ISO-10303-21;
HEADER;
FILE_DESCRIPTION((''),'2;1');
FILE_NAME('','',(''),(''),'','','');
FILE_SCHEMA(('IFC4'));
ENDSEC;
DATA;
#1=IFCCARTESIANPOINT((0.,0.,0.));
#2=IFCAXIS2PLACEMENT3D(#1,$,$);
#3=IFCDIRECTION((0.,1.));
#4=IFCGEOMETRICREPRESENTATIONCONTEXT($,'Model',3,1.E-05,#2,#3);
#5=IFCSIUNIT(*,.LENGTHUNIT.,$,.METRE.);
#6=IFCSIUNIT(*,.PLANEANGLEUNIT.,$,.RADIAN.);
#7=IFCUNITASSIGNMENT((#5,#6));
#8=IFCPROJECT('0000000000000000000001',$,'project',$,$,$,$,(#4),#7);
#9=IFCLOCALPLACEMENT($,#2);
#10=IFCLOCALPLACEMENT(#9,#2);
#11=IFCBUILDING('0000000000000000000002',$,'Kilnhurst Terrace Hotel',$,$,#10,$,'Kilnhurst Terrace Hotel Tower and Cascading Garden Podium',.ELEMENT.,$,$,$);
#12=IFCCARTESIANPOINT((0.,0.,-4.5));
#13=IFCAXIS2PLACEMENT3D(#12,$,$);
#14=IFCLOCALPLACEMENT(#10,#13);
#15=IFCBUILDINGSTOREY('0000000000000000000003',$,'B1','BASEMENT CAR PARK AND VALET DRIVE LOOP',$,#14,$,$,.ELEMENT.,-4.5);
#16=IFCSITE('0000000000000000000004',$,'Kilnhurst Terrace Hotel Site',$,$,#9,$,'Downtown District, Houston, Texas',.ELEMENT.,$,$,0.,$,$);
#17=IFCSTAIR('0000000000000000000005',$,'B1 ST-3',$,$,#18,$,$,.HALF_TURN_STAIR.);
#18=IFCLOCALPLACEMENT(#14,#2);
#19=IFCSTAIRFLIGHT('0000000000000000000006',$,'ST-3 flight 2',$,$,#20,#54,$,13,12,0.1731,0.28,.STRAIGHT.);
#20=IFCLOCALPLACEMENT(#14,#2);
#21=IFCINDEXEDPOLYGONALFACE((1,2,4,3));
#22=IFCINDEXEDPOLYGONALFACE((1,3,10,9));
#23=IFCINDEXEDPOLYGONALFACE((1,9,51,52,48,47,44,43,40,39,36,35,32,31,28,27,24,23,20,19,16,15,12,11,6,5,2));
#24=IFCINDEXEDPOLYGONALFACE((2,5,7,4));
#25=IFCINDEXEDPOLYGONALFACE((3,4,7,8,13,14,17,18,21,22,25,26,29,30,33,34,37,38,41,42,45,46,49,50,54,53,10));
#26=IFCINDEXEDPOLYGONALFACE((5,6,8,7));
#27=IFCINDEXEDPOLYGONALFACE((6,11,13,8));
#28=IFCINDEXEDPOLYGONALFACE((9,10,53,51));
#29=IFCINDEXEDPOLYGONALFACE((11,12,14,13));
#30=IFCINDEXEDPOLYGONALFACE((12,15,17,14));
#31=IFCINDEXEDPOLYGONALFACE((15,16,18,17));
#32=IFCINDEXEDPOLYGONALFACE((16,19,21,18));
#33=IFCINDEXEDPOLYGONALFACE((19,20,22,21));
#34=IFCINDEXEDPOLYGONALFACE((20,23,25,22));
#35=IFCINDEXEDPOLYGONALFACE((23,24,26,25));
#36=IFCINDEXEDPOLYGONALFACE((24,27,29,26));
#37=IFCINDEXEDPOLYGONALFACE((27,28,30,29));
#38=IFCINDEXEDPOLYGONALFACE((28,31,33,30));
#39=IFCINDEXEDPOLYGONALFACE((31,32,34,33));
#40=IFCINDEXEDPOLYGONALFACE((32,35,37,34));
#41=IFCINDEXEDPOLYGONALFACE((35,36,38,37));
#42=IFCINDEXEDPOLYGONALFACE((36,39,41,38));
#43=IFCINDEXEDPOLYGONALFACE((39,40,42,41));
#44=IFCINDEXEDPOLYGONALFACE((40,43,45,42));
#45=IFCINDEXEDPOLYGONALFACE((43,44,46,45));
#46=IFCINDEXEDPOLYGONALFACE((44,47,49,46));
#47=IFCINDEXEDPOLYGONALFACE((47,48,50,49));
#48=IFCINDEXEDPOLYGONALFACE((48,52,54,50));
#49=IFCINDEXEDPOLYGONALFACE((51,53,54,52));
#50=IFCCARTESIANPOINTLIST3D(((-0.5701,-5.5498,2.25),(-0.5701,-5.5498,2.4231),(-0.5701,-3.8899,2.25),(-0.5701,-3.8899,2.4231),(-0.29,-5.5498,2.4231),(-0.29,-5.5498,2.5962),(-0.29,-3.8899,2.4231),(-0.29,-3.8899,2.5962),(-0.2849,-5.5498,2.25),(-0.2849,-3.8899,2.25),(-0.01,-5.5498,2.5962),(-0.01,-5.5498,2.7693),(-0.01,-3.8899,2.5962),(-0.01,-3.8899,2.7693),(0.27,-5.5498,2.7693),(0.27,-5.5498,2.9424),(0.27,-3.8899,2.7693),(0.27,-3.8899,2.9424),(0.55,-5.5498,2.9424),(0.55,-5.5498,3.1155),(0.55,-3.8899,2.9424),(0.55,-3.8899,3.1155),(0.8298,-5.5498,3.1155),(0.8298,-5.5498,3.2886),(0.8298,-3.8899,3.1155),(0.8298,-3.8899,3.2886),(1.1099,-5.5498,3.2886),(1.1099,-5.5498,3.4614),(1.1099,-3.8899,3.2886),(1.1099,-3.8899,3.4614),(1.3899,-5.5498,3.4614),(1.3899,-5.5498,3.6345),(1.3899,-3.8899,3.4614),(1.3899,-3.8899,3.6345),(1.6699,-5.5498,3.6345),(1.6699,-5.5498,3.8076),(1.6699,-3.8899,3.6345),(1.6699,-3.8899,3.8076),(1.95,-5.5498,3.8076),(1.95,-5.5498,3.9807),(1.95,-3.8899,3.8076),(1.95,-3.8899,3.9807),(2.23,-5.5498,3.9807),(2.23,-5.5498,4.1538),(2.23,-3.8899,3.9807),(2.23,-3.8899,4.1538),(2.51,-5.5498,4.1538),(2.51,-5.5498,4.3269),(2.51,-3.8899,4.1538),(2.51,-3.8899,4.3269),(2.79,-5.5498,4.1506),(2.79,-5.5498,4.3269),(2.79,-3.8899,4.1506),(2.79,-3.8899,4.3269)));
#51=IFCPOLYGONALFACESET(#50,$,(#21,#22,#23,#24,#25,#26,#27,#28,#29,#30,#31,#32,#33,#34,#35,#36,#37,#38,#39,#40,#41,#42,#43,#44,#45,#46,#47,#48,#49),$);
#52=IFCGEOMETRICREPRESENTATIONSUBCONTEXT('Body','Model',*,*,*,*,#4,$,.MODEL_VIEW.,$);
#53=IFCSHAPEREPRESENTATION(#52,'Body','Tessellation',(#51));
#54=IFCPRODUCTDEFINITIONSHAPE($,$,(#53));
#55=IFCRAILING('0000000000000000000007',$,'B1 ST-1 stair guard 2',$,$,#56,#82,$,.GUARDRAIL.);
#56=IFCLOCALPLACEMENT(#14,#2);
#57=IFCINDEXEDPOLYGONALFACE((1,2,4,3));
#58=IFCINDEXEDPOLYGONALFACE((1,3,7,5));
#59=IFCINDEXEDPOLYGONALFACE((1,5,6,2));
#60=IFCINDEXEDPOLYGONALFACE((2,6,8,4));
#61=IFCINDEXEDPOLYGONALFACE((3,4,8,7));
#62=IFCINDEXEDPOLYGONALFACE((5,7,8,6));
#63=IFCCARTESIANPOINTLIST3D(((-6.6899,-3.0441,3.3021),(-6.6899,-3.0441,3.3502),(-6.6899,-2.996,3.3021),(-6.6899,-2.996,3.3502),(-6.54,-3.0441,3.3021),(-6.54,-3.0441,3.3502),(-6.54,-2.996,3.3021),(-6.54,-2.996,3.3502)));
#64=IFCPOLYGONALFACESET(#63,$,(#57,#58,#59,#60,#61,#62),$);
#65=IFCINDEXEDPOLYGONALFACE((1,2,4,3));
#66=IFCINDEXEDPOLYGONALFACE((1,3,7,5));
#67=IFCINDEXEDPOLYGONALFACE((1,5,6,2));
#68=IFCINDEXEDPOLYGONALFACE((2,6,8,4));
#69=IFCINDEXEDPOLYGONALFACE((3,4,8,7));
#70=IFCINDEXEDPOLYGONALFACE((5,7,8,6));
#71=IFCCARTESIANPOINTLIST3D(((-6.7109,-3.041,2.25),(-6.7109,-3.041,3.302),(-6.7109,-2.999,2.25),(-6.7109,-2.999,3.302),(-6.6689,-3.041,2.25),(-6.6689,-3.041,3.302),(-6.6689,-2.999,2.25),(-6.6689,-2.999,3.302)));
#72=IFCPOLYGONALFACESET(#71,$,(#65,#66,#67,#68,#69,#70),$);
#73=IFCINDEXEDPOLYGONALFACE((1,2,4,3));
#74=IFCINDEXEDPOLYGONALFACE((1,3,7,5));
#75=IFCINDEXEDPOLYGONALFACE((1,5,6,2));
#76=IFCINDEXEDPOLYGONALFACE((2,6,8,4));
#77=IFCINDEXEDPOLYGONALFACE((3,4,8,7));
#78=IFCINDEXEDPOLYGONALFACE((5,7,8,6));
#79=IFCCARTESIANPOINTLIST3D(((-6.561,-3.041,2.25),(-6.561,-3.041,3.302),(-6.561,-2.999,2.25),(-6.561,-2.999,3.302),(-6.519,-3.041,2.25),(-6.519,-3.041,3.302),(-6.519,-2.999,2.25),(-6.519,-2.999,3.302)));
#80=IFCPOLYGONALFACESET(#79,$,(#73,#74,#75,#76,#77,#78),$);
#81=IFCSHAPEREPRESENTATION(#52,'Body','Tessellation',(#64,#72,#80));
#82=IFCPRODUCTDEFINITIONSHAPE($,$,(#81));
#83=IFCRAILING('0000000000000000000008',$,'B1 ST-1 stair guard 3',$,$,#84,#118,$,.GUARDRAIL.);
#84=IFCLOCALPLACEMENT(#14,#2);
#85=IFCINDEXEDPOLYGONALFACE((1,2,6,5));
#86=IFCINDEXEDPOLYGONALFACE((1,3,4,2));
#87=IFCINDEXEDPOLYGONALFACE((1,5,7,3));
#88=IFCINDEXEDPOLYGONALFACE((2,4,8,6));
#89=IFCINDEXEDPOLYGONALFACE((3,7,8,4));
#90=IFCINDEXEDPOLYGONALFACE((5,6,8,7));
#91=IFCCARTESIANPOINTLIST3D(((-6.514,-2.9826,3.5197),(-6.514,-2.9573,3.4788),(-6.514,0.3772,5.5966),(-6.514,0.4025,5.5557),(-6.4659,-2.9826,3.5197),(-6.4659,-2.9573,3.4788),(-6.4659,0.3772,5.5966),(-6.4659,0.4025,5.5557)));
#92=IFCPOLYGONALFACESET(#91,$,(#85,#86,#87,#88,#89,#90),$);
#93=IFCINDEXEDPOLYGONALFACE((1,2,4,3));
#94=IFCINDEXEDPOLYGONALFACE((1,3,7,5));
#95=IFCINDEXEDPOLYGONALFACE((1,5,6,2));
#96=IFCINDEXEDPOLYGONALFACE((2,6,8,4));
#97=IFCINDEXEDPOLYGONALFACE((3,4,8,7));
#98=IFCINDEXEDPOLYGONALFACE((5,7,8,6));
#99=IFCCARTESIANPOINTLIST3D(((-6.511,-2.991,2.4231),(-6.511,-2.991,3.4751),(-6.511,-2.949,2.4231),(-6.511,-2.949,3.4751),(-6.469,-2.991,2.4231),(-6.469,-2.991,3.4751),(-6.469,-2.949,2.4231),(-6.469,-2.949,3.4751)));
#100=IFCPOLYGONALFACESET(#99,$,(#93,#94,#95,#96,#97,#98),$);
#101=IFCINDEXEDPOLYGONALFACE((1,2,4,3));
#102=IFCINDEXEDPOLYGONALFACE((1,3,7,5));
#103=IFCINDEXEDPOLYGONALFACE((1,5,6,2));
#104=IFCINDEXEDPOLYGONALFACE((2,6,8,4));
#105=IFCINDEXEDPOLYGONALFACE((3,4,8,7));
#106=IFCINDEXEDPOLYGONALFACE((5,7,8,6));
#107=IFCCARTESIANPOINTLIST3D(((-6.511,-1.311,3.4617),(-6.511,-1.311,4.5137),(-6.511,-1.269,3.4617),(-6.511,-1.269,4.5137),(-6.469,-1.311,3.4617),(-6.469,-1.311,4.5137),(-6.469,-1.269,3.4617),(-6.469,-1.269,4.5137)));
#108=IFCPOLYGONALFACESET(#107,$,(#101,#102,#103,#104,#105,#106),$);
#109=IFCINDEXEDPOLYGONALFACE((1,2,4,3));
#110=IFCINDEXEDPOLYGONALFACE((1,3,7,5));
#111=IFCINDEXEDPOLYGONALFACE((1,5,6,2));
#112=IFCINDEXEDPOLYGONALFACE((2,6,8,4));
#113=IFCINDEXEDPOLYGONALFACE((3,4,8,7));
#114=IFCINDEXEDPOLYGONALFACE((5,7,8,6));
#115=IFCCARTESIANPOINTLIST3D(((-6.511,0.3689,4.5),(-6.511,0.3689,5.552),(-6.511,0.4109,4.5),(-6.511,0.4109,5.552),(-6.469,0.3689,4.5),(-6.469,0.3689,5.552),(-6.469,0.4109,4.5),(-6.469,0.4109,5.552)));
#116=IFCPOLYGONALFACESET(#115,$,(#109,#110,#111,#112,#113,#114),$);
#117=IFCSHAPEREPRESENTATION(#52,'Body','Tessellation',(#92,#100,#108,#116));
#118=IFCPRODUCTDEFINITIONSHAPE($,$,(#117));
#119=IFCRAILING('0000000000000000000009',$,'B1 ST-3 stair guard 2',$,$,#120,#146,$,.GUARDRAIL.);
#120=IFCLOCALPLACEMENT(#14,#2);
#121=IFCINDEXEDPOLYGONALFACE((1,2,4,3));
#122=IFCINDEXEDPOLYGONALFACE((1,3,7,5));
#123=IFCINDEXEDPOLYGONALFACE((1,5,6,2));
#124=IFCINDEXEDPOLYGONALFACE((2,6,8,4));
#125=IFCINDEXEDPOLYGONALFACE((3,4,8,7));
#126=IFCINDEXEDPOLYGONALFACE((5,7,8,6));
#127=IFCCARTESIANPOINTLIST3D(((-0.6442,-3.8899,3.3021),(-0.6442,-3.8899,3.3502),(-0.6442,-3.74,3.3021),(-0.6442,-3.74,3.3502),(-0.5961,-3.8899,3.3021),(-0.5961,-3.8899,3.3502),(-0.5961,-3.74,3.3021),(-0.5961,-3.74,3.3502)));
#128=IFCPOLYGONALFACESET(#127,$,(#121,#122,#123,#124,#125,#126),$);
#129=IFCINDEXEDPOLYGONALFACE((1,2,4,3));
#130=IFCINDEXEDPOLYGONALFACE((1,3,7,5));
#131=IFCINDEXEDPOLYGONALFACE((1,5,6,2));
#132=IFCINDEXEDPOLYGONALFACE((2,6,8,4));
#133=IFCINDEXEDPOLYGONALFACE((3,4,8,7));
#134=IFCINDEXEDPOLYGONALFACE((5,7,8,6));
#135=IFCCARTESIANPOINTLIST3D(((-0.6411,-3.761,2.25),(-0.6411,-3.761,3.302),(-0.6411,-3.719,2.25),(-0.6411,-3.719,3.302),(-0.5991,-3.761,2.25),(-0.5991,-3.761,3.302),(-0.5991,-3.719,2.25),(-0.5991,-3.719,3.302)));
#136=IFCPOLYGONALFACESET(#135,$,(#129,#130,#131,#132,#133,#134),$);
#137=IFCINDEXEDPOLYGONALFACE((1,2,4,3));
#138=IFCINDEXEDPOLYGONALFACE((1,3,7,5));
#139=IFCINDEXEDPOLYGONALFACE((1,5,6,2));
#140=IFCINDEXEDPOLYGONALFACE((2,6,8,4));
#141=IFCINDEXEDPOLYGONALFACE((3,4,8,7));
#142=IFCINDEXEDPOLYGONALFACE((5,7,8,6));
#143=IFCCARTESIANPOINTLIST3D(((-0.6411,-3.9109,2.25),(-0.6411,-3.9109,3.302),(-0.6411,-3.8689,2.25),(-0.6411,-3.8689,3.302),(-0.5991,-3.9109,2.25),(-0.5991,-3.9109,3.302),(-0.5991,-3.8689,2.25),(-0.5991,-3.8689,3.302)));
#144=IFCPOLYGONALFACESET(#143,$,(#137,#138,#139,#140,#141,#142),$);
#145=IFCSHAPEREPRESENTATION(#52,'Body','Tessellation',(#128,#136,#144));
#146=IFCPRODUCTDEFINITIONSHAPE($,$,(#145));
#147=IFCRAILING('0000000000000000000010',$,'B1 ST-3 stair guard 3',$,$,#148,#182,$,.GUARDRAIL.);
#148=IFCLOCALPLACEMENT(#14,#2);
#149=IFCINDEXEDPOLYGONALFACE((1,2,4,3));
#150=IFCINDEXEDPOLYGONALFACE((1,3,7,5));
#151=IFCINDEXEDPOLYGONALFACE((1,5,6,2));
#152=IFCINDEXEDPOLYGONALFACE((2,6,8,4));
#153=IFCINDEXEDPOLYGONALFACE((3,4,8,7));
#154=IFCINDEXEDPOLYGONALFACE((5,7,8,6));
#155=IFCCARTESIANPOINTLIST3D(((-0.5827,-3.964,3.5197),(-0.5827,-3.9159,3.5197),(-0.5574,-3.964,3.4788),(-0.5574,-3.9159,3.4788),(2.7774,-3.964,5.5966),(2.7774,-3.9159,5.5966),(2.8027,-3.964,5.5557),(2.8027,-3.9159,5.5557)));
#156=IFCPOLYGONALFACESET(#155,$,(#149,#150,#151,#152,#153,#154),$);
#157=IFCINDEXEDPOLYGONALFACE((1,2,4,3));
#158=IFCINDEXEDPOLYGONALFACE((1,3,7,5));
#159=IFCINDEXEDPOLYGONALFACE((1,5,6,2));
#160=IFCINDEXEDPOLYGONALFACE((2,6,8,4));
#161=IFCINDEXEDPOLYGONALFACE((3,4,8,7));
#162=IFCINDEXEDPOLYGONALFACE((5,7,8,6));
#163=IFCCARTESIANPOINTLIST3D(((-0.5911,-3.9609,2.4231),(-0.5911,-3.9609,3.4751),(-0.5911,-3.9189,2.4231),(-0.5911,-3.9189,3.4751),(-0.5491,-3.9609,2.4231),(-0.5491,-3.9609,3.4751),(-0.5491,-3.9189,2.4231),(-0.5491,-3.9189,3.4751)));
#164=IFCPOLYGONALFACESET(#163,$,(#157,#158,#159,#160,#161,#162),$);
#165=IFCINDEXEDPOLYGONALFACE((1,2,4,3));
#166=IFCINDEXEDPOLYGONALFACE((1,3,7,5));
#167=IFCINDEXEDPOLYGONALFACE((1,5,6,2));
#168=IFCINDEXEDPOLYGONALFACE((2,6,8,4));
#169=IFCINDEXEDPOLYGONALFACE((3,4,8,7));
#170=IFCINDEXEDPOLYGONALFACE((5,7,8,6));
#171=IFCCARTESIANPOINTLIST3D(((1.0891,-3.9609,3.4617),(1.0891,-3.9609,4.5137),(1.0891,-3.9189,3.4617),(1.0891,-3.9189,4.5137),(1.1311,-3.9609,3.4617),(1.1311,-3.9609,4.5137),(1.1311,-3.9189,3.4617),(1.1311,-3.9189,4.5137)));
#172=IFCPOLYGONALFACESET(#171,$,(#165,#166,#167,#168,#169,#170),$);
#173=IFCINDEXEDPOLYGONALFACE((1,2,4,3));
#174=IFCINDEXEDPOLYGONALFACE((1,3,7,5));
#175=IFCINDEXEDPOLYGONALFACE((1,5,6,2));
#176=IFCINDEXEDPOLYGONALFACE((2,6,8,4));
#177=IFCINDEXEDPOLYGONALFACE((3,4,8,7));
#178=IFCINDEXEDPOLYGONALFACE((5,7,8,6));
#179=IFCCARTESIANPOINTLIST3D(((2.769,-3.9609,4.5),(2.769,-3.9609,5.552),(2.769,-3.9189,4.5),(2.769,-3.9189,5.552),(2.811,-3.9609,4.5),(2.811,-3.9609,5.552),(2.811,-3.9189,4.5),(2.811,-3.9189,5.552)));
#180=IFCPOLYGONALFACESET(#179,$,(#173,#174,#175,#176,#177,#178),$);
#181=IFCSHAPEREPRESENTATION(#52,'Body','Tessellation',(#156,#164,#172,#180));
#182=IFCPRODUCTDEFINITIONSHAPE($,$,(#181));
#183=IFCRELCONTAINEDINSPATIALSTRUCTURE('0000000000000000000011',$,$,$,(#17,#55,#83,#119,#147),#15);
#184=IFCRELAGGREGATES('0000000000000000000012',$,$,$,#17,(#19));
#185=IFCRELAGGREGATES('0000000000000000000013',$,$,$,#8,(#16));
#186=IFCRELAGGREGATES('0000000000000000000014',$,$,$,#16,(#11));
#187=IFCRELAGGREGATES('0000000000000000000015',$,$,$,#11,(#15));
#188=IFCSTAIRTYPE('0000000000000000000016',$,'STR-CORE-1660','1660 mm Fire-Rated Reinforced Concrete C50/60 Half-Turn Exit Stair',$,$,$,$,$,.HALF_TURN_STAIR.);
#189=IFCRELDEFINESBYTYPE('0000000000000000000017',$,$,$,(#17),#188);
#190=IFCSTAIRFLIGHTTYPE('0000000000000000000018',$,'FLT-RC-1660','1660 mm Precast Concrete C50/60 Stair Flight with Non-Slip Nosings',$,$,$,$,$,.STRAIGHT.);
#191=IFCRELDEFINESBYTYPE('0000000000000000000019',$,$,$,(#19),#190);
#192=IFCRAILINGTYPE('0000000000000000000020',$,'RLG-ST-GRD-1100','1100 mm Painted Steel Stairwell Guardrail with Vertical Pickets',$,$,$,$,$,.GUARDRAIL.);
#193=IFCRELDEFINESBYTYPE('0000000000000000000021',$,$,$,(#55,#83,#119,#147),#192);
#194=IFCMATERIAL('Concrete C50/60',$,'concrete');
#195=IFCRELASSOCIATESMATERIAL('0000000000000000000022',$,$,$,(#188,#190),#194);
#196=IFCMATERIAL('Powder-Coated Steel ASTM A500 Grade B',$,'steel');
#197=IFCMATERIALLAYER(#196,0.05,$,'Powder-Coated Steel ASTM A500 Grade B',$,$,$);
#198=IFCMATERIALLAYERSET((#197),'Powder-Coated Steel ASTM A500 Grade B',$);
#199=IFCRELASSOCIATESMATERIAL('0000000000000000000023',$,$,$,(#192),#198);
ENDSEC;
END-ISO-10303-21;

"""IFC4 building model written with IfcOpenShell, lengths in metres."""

from ifc_helpers import new_model, si_unit, direction, frame, origin, origin_2d, place, context, subcontext, project, spatial, polyline, rectangle, outline, extrude, material, layer, layer_set, type_object, element, aggregate, save


model = new_model("IFC4")

# Units and contexts
model_context = context("Model", 3, precision=1e-05, world=origin(), true_north=direction((0.0, 1.0)))
body_context = subcontext(model_context, "Body", "Model", "MODEL_VIEW")
ifc_project = project(units=[si_unit("LENGTHUNIT", "METRE"), si_unit("PLANEANGLEUNIT", "RADIAN")], contexts=[model_context])

# Site, building, storey
site_placement = place(None, origin())
site = spatial("IfcSite", under=ifc_project, at=site_placement, Name="Kilnhurst Terrace Hotel Site", LongName="Downtown District, Houston, Texas", CompositionType="ELEMENT", RefElevation=0.0)
building_placement = place(site_placement, origin())
building = spatial("IfcBuilding", under=site, at=building_placement, Name="Kilnhurst Terrace Hotel", LongName="Kilnhurst Terrace Hotel Tower and Cascading Garden Podium", CompositionType="ELEMENT")
storey_placement = place(building_placement, frame((0.0, 0.0, -4.5)))
storey = spatial("IfcBuildingStorey", under=building, at=storey_placement, Name="B1", Description="BASEMENT CAR PARK AND VALET DRIVE LOOP", CompositionType="ELEMENT", Elevation=-4.5)

# Shared definitions
ifc_material_1 = material(Name="Concrete C50/60", Category="concrete")

# Stair, stair flight
stair_type = type_object("IfcStairType", Name="STR-CORE-1660", Description="1660 mm Fire-Rated Reinforced Concrete C50/60 Half-Turn Exit Stair", PredefinedType="HALF_TURN_STAIR", material=ifc_material_1)
stair_flight_type = type_object("IfcStairFlightType", Name="FLT-RC-1660", Description="1660 mm Precast Concrete C50/60 Stair Flight with Non-Slip Nosings", PredefinedType="STRAIGHT", material=ifc_material_1)
stair_1_placement = place(storey_placement, origin())
stair_1 = element("IfcStair", 1, at=stair_1_placement, inside=storey, type_object=stair_type, Name="B1 ST-3", PredefinedType="HALF_TURN_STAIR")
stair_flight_1_placement = place(storey_placement, frame((-0.5701, -4.72, 2.25), z_axis=(0.0, 0.0, 1.0), x_axis=(1.0, 0.0, 0.0)))
stair_flight_1 = element("IfcStairFlight", 2, at=stair_flight_1_placement, type_object=stair_flight_type, Name="ST-3 flight 2", NumberOfRisers=13, NumberOfTreads=12, PredefinedType="STRAIGHT", RiserHeight=0.1731, TreadLength=0.28, context=body_context, shape_type="SweptSolid", body=[
    extrude(outline(polyline([(0.0, 0.0), (0.0, 0.1731), (0.28, 0.1731), (0.28, 0.3462), (0.5601, 0.3462), (0.5601, 0.5193), (0.8401, 0.5193), (0.8401, 0.6924), (1.1201, 0.6924), (1.1201, 0.8655), (1.3999, 0.8655), (1.3999, 1.0386), (1.6799, 1.0386), (1.6799, 1.2114), (1.96, 1.2114), (1.96, 1.3845), (2.24, 1.3845), (2.24, 1.5576), (2.52, 1.5576), (2.52, 1.7307), (2.8, 1.7307), (2.8, 1.9038), (3.0801, 1.9038), (3.0801, 2.0769), (3.3601, 2.0769), (3.3601, 2.25), (3.3601, 1.9006), (0.2852, 0.0), (0.0, 0.0)])), frame((0.0, 0.8301, 0.0), z_axis=(0.0, -1.0, 0.0), x_axis=(1.0, 0.0, 0.0)), (0.0, 0.0, 1.0), 1.6599),
])
aggregate(stair_1, [stair_flight_1])

# Railings
ifc_material_2 = material(Name="Powder-Coated Steel ASTM A500 Grade B", Category="steel")
ifc_layer_1 = layer(ifc_material_2, 0.05, Name="Powder-Coated Steel ASTM A500 Grade B")
ifc_layer_set_1 = layer_set([ifc_layer_1], Name="Powder-Coated Steel ASTM A500 Grade B")
railing_type_1 = type_object("IfcRailingType", Name="RLG-ST-GRD-1100", Description="1100 mm Painted Steel Stairwell Guardrail with Vertical Pickets", PredefinedType="GUARDRAIL", material=ifc_layer_set_1)
railing_1_placement = place(storey_placement, frame((-6.6899, -3.02, 2.25)))
element("IfcRailing", 3, at=railing_1_placement, inside=storey, type_object=railing_type_1, Name="B1 ST-1 stair guard 2", PredefinedType="GUARDRAIL", context=body_context, shape_type="SweptSolid", body=[
    extrude(rectangle(XDim=0.0481, YDim=0.0481, at=origin_2d()), frame((0.0, 0.0, 1.0762), z_axis=(1.0, 0.0, 0.0), x_axis=(0.0, 1.0, 0.0)), (0.0, 0.0, 1.0), 0.1499),
    extrude(rectangle(XDim=0.042, YDim=0.042, at=origin_2d()), origin(), (0.0, 0.0, 1.0), 1.052),
    extrude(rectangle(XDim=0.042, YDim=0.042, at=origin_2d()), frame((0.1499, 0.0, 0.0)), (0.0, 0.0, 1.0), 1.052),
])
railing_2_placement = place(storey_placement, frame((-6.49, -2.97, 2.4231)))
element("IfcRailing", 4, at=railing_2_placement, inside=storey, type_object=railing_type_1, Name="B1 ST-1 stair guard 3", PredefinedType="GUARDRAIL", context=body_context, shape_type="SweptSolid", body=[
    extrude(rectangle(XDim=0.0481, YDim=0.0481, at=origin_2d()), frame((0.0, 0.0, 1.0762), z_axis=(0.0, 0.850606, 0.525803), x_axis=(-1.0, 0.0, 0.0)), (0.0, 0.0, 1.0), 3.95),
    extrude(rectangle(XDim=0.042, YDim=0.042, at=origin_2d()), origin(), (0.0, 0.0, 1.0), 1.052),
    extrude(rectangle(XDim=0.042, YDim=0.042, at=origin_2d()), frame((0.0, 1.6799, 1.0386)), (0.0, 0.0, 1.0), 1.052),
    extrude(rectangle(XDim=0.042, YDim=0.042, at=origin_2d()), frame((0.0, 3.3599, 2.0769)), (0.0, 0.0, 1.0), 1.052),
])
railing_3_placement = place(storey_placement, frame((-0.6201, -3.74, 2.25)))
element("IfcRailing", 5, at=railing_3_placement, inside=storey, type_object=railing_type_1, Name="B1 ST-3 stair guard 2", PredefinedType="GUARDRAIL", context=body_context, shape_type="SweptSolid", body=[
    extrude(rectangle(XDim=0.0481, YDim=0.0481, at=origin_2d()), frame((0.0, 0.0, 1.0762), z_axis=(0.0, -1.0, 0.0), x_axis=(1.0, 0.0, 0.0)), (0.0, 0.0, 1.0), 0.1499),
    extrude(rectangle(XDim=0.042, YDim=0.042, at=origin_2d()), origin(), (0.0, 0.0, 1.0), 1.052),
    extrude(rectangle(XDim=0.042, YDim=0.042, at=origin_2d()), frame((0.0, -0.1499, 0.0)), (0.0, 0.0, 1.0), 1.052),
])
railing_4_placement = place(storey_placement, frame((-0.5701, -3.9399, 2.4231)))
element("IfcRailing", 6, at=railing_4_placement, inside=storey, type_object=railing_type_1, Name="B1 ST-3 stair guard 3", PredefinedType="GUARDRAIL", context=body_context, shape_type="SweptSolid", body=[
    extrude(rectangle(XDim=0.0481, YDim=0.0481, at=origin_2d()), frame((0.0, 0.0, 1.0762), z_axis=(0.850623, 0.0, 0.525776), x_axis=(0.0, 1.0, 0.0)), (0.0, 0.0, 1.0), 3.9502),
    extrude(rectangle(XDim=0.042, YDim=0.042, at=origin_2d()), origin(), (0.0, 0.0, 1.0), 1.052),
    extrude(rectangle(XDim=0.042, YDim=0.042, at=origin_2d()), frame((1.6802, 0.0, 1.0386)), (0.0, 0.0, 1.0), 1.052),
    extrude(rectangle(XDim=0.042, YDim=0.042, at=origin_2d()), frame((3.3601, 0.0, 2.0769)), (0.0, 0.0, 1.0), 1.052),
])

save(model, "model.ifc")
